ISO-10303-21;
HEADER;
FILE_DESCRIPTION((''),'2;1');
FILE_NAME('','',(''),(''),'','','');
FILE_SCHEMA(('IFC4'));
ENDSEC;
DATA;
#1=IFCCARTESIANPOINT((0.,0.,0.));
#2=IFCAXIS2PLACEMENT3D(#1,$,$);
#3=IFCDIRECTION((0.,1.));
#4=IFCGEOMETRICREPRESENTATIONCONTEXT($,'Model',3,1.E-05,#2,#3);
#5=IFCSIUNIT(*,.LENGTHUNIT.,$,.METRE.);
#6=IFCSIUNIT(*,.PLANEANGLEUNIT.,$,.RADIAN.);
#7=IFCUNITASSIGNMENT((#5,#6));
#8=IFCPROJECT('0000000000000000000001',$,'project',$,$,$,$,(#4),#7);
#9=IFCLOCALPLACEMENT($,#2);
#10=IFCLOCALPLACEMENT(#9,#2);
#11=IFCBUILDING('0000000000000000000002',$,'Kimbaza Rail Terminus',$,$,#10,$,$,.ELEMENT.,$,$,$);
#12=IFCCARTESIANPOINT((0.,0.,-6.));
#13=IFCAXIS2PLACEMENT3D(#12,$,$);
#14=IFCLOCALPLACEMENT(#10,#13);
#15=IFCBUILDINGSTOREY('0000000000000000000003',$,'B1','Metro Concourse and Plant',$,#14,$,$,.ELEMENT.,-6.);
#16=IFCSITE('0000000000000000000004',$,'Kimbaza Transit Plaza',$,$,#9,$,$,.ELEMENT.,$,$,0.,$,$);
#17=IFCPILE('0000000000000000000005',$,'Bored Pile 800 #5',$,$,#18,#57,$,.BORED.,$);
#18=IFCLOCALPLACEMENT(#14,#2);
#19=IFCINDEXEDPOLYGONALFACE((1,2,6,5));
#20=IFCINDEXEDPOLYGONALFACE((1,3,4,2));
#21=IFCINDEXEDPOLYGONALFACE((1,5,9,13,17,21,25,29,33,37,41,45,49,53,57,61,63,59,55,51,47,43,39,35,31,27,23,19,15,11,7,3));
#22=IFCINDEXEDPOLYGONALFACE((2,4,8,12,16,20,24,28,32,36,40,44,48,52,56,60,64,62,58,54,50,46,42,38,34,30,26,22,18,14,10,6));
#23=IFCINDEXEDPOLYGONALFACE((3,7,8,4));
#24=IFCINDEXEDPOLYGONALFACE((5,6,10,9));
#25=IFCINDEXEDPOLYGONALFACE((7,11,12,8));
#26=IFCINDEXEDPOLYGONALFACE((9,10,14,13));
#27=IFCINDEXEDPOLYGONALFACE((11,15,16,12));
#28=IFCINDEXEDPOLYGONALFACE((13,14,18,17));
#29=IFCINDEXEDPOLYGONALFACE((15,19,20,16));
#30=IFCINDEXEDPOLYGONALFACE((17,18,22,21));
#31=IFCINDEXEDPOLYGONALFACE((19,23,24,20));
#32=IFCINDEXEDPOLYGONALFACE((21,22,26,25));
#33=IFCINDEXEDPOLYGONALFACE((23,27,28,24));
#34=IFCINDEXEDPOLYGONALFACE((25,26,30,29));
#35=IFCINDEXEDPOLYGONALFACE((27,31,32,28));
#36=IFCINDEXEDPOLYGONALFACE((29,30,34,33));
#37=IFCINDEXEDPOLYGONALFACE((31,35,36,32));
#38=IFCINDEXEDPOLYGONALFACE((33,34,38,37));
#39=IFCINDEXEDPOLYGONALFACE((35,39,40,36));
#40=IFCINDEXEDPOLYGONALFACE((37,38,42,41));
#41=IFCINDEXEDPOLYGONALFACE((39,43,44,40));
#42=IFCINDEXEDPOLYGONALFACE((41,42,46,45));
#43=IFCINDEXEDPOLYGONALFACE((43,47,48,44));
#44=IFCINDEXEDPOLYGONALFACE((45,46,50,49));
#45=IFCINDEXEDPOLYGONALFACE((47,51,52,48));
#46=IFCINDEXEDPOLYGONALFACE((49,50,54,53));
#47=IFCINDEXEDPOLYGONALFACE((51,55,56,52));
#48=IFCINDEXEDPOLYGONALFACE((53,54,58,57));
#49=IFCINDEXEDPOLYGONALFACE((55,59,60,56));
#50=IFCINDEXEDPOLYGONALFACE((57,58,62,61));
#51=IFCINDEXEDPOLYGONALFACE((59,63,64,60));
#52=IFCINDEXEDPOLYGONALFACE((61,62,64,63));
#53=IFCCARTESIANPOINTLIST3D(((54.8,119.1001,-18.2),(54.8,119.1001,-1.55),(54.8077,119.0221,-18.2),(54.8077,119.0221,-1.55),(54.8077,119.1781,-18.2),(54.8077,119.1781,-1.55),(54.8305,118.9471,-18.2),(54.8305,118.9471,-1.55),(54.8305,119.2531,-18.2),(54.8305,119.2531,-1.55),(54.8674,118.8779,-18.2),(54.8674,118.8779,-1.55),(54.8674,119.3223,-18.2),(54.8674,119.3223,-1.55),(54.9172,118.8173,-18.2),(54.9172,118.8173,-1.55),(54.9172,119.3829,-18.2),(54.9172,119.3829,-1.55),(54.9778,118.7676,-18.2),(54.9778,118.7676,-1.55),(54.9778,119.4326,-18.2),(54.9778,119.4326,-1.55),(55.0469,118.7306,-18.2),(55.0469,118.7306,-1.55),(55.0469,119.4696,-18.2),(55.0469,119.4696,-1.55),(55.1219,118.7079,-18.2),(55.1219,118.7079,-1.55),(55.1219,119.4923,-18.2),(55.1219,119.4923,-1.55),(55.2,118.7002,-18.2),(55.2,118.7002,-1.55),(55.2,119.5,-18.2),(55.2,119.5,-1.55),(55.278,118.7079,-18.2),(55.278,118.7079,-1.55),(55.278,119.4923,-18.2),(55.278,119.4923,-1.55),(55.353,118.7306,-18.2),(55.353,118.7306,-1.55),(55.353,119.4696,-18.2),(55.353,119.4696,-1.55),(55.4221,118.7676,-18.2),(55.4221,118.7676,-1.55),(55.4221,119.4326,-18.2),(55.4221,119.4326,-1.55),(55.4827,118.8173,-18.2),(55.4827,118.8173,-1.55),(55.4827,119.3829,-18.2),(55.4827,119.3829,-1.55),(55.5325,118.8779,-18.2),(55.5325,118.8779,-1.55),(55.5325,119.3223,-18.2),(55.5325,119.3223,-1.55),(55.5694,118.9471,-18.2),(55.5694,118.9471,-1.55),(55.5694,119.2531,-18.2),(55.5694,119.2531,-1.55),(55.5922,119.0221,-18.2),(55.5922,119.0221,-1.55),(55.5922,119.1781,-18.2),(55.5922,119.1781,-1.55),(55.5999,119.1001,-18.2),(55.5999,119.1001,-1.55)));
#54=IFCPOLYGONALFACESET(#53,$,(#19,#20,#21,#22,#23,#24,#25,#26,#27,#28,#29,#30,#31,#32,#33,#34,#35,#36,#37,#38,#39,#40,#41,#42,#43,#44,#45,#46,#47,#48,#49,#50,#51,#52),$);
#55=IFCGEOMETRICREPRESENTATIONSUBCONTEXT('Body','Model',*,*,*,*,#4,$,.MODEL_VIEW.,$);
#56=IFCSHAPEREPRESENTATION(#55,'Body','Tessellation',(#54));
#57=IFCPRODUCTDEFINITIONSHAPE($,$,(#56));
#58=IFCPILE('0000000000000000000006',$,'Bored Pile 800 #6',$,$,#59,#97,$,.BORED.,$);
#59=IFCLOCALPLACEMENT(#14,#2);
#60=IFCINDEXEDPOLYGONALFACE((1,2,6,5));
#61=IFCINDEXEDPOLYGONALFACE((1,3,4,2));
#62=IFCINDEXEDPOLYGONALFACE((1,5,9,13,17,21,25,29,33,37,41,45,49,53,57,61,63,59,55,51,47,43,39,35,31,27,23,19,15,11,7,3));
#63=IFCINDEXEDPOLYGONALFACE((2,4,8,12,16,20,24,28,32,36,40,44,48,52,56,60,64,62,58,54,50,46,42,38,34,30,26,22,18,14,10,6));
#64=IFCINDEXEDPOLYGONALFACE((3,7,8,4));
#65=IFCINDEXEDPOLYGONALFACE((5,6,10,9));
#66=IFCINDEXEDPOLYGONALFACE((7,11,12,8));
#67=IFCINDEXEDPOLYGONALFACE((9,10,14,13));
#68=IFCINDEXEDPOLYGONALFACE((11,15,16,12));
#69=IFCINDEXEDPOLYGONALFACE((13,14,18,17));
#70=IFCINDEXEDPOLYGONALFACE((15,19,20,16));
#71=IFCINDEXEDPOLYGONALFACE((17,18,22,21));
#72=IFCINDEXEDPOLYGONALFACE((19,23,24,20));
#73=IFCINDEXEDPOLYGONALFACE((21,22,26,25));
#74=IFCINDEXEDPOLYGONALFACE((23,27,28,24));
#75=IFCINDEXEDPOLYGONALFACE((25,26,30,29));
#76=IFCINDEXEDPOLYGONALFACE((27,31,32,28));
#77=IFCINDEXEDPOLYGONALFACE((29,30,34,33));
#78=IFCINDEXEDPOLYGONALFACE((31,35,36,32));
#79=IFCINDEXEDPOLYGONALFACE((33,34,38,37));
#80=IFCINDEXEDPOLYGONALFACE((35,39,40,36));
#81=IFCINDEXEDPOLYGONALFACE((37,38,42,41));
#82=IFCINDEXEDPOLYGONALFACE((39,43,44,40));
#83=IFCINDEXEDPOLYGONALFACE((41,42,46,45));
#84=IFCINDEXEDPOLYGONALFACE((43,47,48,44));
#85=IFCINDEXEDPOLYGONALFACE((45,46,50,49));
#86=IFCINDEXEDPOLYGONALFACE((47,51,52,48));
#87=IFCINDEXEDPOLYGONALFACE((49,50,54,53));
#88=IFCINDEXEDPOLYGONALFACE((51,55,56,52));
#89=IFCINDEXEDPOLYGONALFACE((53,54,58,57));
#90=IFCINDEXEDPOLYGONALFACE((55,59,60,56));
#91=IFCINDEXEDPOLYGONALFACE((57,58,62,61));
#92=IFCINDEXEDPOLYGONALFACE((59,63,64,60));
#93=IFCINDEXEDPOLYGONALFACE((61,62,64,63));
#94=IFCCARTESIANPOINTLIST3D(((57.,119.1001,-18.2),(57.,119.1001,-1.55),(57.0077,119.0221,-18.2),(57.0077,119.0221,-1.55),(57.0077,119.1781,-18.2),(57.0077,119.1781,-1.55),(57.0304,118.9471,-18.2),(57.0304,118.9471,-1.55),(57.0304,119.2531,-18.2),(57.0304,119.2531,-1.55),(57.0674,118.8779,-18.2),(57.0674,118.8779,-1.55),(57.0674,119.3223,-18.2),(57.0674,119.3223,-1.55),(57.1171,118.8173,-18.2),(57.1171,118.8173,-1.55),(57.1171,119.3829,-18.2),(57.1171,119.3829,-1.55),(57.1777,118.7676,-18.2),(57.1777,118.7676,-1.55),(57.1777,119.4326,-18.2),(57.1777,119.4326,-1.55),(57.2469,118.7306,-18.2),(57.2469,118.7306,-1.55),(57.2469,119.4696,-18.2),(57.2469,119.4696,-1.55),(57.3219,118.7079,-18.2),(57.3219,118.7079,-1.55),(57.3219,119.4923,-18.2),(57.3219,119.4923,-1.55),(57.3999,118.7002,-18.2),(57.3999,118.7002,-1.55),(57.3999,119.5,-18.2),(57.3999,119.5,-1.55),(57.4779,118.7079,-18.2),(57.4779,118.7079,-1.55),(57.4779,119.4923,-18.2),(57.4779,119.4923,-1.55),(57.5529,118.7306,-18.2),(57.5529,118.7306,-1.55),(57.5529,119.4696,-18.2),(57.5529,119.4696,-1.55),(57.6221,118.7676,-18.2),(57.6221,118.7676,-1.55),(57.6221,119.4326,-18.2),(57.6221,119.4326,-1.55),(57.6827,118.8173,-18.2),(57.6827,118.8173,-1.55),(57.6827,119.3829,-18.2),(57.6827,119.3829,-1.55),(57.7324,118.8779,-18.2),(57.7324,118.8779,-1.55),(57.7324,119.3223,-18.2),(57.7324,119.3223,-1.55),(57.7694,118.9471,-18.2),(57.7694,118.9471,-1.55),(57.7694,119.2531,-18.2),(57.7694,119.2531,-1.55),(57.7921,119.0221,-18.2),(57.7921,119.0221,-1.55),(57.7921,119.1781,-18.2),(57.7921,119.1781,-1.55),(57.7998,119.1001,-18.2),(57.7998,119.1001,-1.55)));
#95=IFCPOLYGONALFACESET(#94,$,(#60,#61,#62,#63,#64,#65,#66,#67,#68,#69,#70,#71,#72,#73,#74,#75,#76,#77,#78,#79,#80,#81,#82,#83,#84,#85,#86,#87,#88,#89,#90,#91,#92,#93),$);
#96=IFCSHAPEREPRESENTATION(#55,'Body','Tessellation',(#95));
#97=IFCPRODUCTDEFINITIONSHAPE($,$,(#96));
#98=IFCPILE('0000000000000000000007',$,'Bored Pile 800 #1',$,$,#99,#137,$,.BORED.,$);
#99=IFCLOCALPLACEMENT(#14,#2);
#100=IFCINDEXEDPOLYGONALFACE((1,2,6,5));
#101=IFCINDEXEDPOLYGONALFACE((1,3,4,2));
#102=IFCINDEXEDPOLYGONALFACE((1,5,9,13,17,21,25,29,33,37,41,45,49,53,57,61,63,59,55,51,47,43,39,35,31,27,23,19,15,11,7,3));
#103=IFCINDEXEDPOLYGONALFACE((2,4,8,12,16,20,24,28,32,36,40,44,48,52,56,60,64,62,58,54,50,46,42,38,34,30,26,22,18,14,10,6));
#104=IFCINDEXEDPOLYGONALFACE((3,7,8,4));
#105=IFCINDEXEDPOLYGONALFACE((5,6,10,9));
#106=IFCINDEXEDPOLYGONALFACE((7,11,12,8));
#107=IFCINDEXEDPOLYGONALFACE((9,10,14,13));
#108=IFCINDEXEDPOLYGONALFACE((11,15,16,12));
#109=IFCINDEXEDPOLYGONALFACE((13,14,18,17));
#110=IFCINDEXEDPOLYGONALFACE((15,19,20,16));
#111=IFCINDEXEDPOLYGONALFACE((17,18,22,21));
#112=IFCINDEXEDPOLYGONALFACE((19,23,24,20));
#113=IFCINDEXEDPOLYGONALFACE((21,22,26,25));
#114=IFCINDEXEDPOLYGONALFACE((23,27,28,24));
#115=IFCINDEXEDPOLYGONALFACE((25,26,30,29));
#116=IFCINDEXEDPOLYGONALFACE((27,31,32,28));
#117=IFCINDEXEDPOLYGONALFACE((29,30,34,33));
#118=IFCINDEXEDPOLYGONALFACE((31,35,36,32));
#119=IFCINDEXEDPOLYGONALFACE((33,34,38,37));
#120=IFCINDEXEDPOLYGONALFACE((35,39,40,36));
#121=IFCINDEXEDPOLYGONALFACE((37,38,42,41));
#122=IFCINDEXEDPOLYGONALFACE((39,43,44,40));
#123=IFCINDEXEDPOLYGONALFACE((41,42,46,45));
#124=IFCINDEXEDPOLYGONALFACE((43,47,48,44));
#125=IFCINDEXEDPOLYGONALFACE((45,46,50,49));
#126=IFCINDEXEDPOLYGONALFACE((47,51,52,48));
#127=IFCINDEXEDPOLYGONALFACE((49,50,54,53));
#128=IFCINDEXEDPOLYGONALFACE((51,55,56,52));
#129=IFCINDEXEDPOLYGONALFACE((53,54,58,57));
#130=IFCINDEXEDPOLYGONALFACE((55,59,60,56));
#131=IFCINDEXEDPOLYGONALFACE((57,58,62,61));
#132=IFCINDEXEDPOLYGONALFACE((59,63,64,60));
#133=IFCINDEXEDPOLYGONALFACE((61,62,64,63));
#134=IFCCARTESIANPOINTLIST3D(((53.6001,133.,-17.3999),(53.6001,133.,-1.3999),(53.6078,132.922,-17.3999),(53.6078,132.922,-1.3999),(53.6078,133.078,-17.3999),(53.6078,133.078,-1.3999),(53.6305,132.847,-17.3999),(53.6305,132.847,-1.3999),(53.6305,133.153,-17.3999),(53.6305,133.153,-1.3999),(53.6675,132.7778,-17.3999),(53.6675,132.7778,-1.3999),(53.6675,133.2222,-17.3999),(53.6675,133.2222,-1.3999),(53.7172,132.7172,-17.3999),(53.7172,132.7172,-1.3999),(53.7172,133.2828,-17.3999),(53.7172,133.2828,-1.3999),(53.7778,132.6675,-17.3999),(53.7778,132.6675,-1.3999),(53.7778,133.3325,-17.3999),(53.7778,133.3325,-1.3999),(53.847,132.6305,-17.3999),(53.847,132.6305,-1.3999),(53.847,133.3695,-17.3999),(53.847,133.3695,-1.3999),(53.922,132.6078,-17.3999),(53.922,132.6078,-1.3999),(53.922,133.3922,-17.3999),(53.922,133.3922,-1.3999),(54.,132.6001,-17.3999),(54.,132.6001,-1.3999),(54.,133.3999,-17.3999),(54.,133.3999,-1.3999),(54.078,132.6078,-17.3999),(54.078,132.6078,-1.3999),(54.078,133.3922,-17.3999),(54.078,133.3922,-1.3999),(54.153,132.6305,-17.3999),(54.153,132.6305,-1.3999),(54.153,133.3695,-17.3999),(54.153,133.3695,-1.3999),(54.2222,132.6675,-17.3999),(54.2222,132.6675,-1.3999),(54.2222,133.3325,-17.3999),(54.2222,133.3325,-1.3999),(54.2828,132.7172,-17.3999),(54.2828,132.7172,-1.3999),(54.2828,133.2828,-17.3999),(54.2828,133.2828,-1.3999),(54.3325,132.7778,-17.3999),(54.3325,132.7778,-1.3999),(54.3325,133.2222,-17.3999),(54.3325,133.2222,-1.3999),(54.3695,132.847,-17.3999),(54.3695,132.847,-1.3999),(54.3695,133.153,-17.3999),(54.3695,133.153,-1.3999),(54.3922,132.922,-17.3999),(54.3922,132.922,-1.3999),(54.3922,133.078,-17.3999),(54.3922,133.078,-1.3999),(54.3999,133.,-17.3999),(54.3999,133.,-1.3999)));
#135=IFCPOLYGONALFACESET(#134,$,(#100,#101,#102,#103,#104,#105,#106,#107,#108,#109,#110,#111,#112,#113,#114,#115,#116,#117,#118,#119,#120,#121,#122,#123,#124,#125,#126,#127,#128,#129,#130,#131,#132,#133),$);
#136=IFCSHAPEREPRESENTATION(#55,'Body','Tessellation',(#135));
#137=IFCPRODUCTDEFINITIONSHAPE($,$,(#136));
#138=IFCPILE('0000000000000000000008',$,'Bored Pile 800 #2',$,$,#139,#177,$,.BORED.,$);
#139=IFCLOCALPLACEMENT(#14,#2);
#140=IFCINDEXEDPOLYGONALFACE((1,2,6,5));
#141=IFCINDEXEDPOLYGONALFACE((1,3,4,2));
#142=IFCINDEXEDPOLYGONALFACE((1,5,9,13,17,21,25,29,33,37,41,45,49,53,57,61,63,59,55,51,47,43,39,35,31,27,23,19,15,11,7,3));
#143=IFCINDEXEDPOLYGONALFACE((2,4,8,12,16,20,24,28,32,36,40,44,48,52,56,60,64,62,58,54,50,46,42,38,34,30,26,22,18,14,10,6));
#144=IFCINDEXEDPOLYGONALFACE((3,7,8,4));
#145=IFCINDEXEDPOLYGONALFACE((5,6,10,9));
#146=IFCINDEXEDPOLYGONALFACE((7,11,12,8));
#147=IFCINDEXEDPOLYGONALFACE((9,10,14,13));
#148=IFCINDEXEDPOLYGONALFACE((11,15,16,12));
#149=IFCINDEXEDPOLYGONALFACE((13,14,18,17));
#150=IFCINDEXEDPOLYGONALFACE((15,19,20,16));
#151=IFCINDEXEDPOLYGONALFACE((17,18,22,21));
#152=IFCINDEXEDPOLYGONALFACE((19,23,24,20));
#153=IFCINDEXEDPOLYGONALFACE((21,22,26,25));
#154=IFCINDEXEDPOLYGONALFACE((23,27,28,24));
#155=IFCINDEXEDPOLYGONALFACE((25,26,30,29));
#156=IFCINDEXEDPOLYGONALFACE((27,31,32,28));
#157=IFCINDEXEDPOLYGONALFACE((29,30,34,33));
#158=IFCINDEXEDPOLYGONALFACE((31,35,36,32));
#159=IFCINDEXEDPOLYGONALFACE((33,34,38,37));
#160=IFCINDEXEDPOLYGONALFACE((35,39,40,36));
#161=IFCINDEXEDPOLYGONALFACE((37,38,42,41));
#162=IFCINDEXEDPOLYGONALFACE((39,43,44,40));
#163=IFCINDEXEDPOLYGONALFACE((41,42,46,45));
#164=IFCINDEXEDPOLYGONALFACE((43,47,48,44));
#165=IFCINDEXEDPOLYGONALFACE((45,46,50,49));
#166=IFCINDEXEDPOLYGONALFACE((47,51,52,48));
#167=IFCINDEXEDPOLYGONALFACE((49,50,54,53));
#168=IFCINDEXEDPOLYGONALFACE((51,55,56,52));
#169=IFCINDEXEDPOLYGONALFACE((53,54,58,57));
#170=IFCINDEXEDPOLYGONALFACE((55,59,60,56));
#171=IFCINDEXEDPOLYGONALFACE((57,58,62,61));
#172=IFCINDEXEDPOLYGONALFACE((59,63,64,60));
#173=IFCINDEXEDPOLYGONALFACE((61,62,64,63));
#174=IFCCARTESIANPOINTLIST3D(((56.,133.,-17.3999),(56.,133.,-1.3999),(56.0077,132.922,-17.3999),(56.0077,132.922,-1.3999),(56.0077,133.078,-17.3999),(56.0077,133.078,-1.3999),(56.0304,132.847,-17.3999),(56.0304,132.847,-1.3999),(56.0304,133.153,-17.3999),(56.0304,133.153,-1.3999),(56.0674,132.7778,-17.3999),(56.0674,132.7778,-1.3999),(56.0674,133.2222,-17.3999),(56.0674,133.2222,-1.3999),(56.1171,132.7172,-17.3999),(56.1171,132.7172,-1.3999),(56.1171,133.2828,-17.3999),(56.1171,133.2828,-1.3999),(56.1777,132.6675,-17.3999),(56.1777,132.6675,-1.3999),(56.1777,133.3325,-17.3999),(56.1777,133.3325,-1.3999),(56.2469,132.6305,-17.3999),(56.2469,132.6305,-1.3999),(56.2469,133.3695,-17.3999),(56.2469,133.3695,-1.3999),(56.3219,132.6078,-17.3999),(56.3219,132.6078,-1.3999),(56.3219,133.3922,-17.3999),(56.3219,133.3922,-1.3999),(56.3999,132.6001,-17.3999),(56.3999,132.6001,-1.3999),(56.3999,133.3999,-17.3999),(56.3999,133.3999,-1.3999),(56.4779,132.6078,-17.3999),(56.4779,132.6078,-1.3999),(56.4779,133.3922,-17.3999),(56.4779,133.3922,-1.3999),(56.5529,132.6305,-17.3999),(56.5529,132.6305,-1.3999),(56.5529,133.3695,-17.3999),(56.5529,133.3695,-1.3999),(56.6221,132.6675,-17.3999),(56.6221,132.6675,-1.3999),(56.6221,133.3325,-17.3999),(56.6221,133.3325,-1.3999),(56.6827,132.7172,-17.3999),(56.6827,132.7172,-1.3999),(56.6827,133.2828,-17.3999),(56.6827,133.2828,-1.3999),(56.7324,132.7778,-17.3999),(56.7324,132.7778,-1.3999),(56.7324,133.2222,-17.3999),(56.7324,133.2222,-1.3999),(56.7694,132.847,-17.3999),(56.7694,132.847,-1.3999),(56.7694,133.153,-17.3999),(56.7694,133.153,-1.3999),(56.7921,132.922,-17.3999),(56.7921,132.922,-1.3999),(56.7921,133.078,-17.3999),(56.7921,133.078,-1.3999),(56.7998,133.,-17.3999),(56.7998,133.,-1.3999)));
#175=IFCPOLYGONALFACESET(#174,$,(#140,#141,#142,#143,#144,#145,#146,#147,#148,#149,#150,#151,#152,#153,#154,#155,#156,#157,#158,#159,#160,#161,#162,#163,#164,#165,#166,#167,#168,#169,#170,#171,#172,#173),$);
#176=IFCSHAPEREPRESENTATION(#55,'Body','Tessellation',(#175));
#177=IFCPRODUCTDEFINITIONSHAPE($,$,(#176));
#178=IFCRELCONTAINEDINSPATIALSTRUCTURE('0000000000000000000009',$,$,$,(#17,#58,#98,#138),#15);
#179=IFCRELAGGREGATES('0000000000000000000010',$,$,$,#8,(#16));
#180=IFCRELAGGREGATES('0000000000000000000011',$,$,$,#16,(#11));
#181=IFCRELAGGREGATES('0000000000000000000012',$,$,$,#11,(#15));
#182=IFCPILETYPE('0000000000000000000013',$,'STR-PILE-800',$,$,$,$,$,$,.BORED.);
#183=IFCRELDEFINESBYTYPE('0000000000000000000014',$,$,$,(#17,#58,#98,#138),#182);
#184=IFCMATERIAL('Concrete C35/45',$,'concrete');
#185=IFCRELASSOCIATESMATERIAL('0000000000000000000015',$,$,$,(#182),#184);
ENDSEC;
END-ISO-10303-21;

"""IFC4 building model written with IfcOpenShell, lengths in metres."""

from ifc_helpers import new_model, si_unit, direction, frame, origin, origin_2d, place, context, subcontext, project, spatial, circle, extrude, material, material_profile, profile_set, type_object, element, save


model = new_model("IFC4")

# Units and contexts
model_context = context("Model", 3, precision=1e-05, world=origin(), true_north=direction((0.0, 1.0)))
body_context = subcontext(model_context, "Body", "Model", "MODEL_VIEW")
ifc_project = project(units=[si_unit("LENGTHUNIT", "METRE"), si_unit("PLANEANGLEUNIT", "RADIAN")], contexts=[model_context])

# Site, building, storey
site_placement = place(None, origin())
site = spatial("IfcSite", under=ifc_project, at=site_placement, Name="Kimbaza Transit Plaza", CompositionType="ELEMENT", RefElevation=0.0)
building_placement = place(site_placement, origin())
building = spatial("IfcBuilding", under=site, at=building_placement, Name="Kimbaza Rail Terminus", CompositionType="ELEMENT")
storey_placement = place(building_placement, frame((0.0, 0.0, -6.0)))
storey = spatial("IfcBuildingStorey", under=building, at=storey_placement, Name="B1", Description="Metro Concourse and Plant", CompositionType="ELEMENT", Elevation=-6.0)

# Piles
ifc_material_1 = material(Name="Concrete C35/45", Category="concrete")
ifc_material_profile_1 = material_profile(ifc_material_1, circle(Radius=0.3999, at=origin_2d()), Name="BORED PILE 800")
ifc_profile_set_1 = profile_set([ifc_material_profile_1], Name="Concrete C35/45")
pile_type_1 = type_object("IfcPileType", Name="STR-PILE-800", PredefinedType="BORED", material=ifc_profile_set_1)
for number, where, z_axis, x_axis, name in (
    (1, (55.2, 119.1001, -1.55), (0.0, 0.0, -1.0), (1.0, 0.0, 0.0), "Bored Pile 800 #5"),
    (2, (57.3999, 119.1001, -1.55), (0.0, 0.0, -1.0), (1.0, 0.0, 0.0), "Bored Pile 800 #6"),
):
    element("IfcPile", number, at=place(storey_placement, frame(where, z_axis=z_axis, x_axis=x_axis)), inside=storey, type_object=pile_type_1, Name=name, PredefinedType="BORED", context=body_context, shape_type="SweptSolid", body=[
        extrude(circle(Radius=0.3999, at=origin_2d()), origin(), (0.0, 0.0, 1.0), 16.6499),
    ])
for number, where, z_axis, x_axis, name in (
    (3, (54.0, 133.0, -1.3999), (0.0, 0.0, -1.0), (1.0, 0.0, 0.0), "Bored Pile 800 #1"),
    (4, (56.3999, 133.0, -1.3999), (0.0, 0.0, -1.0), (1.0, 0.0, 0.0), "Bored Pile 800 #2"),
):
    element("IfcPile", number, at=place(storey_placement, frame(where, z_axis=z_axis, x_axis=x_axis)), inside=storey, type_object=pile_type_1, Name=name, PredefinedType="BORED", context=body_context, shape_type="SweptSolid", body=[
        extrude(circle(Radius=0.3999, at=origin_2d()), origin(), (0.0, 0.0, 1.0), 16.0),
    ])

save(model, "model.ifc")
